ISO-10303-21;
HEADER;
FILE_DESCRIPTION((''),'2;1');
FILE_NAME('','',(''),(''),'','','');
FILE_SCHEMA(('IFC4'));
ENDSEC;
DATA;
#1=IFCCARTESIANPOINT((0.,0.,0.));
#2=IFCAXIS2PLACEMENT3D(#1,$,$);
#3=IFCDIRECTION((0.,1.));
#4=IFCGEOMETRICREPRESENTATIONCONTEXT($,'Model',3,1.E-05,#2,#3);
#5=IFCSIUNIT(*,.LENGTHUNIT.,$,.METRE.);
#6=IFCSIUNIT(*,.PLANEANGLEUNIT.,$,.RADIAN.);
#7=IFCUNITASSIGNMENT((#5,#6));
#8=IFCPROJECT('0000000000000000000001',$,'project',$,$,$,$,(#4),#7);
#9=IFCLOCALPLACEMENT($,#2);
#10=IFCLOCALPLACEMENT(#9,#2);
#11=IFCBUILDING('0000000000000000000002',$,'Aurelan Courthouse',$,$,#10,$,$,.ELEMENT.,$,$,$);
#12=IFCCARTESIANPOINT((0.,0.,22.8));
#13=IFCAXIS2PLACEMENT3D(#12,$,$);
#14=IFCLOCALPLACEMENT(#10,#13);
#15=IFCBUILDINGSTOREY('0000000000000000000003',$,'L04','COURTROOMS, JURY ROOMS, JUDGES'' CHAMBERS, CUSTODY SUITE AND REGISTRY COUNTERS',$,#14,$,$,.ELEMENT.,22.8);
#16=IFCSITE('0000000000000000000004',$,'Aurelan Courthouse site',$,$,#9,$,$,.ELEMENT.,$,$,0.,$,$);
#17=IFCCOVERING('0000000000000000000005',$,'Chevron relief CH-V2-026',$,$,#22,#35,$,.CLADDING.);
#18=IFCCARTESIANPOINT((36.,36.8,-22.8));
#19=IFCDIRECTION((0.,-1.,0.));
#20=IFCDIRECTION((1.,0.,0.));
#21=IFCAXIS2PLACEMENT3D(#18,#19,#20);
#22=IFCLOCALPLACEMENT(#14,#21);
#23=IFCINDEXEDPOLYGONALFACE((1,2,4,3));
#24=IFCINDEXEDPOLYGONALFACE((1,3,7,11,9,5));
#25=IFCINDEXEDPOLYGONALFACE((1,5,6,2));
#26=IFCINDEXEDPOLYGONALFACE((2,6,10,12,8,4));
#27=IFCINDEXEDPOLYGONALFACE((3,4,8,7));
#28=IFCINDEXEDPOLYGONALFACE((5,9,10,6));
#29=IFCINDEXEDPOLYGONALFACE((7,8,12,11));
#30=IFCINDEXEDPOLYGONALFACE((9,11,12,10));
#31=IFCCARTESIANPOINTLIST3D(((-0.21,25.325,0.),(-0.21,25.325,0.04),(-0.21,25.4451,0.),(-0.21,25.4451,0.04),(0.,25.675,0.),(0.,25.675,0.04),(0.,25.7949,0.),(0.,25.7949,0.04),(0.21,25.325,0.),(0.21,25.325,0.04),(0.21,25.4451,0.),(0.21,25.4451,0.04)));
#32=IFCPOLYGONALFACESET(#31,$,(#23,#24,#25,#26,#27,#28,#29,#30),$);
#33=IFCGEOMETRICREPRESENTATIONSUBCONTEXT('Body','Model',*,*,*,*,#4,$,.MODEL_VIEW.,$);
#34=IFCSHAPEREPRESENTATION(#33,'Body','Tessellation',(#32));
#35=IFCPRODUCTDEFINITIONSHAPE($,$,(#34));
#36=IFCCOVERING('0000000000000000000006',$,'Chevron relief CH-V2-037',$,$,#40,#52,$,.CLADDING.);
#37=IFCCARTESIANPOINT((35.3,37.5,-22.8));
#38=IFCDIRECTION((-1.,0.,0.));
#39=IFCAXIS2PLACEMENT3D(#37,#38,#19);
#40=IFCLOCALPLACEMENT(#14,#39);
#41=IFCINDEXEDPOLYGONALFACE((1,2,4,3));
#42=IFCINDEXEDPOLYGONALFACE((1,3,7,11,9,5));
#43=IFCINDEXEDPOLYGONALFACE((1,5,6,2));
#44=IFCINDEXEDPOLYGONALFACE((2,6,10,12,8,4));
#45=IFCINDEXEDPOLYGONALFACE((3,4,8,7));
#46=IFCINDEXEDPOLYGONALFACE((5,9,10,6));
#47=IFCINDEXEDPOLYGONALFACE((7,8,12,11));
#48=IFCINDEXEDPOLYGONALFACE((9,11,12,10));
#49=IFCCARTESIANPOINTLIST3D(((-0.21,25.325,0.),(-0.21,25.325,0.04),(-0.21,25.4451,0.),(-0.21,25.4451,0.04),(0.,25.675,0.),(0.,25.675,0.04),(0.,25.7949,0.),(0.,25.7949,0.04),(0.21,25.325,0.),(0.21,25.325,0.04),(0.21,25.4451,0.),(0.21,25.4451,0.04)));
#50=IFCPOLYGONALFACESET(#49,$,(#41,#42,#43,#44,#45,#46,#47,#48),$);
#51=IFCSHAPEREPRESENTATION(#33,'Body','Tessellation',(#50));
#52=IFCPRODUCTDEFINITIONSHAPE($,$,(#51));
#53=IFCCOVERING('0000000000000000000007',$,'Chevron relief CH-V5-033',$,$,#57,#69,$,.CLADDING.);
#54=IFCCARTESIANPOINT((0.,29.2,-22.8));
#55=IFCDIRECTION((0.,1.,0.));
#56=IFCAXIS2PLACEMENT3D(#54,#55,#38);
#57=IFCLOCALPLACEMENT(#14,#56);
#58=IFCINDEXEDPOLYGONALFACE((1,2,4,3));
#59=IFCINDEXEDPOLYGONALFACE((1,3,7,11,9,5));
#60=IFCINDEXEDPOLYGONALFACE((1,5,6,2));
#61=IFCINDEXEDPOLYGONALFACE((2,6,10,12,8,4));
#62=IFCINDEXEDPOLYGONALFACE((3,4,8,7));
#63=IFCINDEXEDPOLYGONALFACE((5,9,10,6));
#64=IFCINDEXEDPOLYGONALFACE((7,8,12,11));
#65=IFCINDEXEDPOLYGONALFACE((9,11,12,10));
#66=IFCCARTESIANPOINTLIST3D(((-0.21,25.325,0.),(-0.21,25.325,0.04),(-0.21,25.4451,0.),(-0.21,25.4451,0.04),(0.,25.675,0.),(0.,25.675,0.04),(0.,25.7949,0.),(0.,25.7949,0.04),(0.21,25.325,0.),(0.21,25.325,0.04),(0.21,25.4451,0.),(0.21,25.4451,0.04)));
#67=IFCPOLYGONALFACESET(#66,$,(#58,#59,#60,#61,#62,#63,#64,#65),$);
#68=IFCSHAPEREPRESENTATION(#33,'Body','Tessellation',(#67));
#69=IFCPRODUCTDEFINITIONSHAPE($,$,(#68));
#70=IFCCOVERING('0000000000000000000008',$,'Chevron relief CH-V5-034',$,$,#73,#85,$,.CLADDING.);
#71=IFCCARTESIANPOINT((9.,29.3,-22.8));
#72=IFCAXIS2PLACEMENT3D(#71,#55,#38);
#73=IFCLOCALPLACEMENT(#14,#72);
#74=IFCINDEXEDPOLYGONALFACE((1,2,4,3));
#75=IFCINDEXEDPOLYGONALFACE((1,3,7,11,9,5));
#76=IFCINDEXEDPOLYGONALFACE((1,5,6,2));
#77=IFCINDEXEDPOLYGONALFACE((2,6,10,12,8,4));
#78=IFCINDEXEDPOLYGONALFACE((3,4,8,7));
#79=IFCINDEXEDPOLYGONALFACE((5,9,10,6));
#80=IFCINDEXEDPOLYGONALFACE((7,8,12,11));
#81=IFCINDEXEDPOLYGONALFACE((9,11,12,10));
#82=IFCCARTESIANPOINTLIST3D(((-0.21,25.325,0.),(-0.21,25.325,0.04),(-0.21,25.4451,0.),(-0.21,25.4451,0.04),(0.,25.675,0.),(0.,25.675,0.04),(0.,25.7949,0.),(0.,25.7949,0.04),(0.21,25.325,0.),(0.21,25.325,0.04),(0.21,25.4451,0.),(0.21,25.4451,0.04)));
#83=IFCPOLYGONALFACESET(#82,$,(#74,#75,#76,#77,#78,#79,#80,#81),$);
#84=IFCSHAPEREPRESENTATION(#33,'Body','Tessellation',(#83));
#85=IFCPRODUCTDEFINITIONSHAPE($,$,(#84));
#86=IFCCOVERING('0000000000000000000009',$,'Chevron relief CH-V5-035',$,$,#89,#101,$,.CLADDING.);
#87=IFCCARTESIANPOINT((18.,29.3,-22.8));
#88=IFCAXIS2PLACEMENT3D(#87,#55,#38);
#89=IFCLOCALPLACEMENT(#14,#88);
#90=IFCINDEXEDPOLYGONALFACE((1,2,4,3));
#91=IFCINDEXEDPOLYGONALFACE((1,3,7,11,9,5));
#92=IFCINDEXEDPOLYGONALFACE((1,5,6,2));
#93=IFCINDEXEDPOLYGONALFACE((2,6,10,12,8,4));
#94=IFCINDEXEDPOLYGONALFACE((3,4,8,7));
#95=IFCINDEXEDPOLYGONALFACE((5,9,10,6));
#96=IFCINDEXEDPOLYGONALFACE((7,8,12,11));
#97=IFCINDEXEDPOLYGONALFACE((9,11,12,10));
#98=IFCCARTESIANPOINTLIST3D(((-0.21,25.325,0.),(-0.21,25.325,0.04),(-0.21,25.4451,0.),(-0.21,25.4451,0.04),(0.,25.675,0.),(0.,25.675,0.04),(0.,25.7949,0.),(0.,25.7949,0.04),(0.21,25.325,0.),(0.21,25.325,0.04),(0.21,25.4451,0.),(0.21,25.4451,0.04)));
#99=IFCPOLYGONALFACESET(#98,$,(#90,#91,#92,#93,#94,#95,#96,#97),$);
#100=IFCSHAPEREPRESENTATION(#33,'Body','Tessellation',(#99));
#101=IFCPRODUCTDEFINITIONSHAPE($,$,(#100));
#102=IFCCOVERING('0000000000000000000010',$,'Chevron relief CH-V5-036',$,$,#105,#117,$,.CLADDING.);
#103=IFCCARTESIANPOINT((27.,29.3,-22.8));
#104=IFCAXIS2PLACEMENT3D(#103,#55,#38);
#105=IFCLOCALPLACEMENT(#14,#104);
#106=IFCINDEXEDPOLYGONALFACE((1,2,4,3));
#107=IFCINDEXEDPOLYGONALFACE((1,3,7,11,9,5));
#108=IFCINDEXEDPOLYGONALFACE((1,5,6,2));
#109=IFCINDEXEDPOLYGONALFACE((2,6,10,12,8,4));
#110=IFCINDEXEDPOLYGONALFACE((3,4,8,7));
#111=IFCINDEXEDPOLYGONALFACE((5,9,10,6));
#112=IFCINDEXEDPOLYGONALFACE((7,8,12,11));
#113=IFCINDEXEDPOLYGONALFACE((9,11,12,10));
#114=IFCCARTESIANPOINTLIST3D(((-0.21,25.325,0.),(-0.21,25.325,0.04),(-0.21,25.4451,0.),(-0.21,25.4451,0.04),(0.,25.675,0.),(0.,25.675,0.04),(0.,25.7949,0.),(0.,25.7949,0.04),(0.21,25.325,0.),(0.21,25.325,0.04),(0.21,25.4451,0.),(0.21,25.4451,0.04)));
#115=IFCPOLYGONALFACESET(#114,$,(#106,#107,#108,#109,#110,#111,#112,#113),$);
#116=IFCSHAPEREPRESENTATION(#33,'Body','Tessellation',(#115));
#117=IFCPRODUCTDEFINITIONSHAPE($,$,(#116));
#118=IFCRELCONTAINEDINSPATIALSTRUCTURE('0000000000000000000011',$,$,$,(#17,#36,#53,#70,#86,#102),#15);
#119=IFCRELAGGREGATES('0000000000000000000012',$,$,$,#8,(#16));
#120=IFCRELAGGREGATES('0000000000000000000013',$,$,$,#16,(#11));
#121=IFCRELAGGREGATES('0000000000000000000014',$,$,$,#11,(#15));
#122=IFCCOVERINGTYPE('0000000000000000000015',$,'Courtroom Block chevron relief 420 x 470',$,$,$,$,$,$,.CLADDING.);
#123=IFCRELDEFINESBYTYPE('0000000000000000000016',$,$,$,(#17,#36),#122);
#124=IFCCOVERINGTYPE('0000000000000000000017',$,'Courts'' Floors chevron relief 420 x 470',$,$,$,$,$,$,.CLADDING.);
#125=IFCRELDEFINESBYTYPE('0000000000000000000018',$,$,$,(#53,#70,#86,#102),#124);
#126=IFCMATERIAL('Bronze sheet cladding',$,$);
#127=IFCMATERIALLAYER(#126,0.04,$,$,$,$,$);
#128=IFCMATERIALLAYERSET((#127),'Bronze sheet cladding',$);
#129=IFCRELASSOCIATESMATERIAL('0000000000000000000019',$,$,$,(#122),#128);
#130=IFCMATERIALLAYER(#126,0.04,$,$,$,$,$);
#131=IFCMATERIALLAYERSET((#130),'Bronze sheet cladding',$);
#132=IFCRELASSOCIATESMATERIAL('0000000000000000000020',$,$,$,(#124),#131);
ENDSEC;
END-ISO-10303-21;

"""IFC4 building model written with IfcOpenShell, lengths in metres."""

from ifc_helpers import new_model, si_unit, direction, frame, origin, place, context, subcontext, project, spatial, polyline, outline, extrude, material, layer, layer_set, type_object, element, save


model = new_model("IFC4")

# Units and contexts
model_context = context("Model", 3, precision=1e-05, world=origin(), true_north=direction((0.0, 1.0)))
body_context = subcontext(model_context, "Body", "Model", "MODEL_VIEW")
ifc_project = project(units=[si_unit("LENGTHUNIT", "METRE"), si_unit("PLANEANGLEUNIT", "RADIAN")], contexts=[model_context])

# Site, building, storey
site_placement = place(None, origin())
site = spatial("IfcSite", under=ifc_project, at=site_placement, Name="Aurelan Courthouse site", CompositionType="ELEMENT", RefElevation=0.0)
building_placement = place(site_placement, origin())
building = spatial("IfcBuilding", under=site, at=building_placement, Name="Aurelan Courthouse", CompositionType="ELEMENT")
storey_placement = place(building_placement, frame((0.0, 0.0, 22.8)))
storey = spatial("IfcBuildingStorey", under=building, at=storey_placement, Name="L04", Description="COURTROOMS, JURY ROOMS, JUDGES' CHAMBERS, CUSTODY SUITE AND REGISTRY COUNTERS", CompositionType="ELEMENT", Elevation=22.8)

# Coverings
ifc_material_1 = material(Name="Bronze sheet cladding")
ifc_layer_1 = layer(ifc_material_1, 0.04)
ifc_layer_set_1 = layer_set([ifc_layer_1], Name="Bronze sheet cladding")
covering_type_1 = type_object("IfcCoveringType", Name="Courtroom Block chevron relief 420 x 470", PredefinedType="CLADDING", material=ifc_layer_set_1)
for number, where, z_axis, x_axis, name in (
    (1, (36.0, 36.8, -22.8), (0.0, -1.0, 0.0), (1.0, 0.0, 0.0), "Chevron relief CH-V2-026"),
    (2, (35.3, 37.5, -22.8), (-1.0, 0.0, 0.0), (0.0, -1.0, 0.0), "Chevron relief CH-V2-037"),
):
    element("IfcCovering", number, at=place(storey_placement, frame(where, z_axis=z_axis, x_axis=x_axis)), inside=storey, type_object=covering_type_1, Name=name, PredefinedType="CLADDING", context=body_context, shape_type="SweptSolid", body=[
        extrude(outline(polyline([(-0.21, 25.325), (0.0, 25.675), (0.21, 25.325), (0.21, 25.4451), (0.0, 25.7949), (-0.21, 25.4451), (-0.21, 25.325)])), origin(), (0.0, 0.0, 1.0), 0.04),
    ])
ifc_layer_2 = layer(ifc_material_1, 0.04)
ifc_layer_set_2 = layer_set([ifc_layer_2], Name="Bronze sheet cladding")
covering_type_2 = type_object("IfcCoveringType", Name="Courts' Floors chevron relief 420 x 470", PredefinedType="CLADDING", material=ifc_layer_set_2)
for number, where, z_axis, x_axis, name in (
    (3, (0.0, 29.2, -22.8), (0.0, 1.0, 0.0), (-1.0, 0.0, 0.0), "Chevron relief CH-V5-033"),
    (4, (9.0, 29.3, -22.8), (0.0, 1.0, 0.0), (-1.0, 0.0, 0.0), "Chevron relief CH-V5-034"),
    (5, (18.0, 29.3, -22.8), (0.0, 1.0, 0.0), (-1.0, 0.0, 0.0), "Chevron relief CH-V5-035"),
    (6, (27.0, 29.3, -22.8), (0.0, 1.0, 0.0), (-1.0, 0.0, 0.0), "Chevron relief CH-V5-036"),
):
    element("IfcCovering", number, at=place(storey_placement, frame(where, z_axis=z_axis, x_axis=x_axis)), inside=storey, type_object=covering_type_2, Name=name, PredefinedType="CLADDING", context=body_context, shape_type="SweptSolid", body=[
        extrude(outline(polyline([(-0.21, 25.325), (0.0, 25.675), (0.21, 25.325), (0.21, 25.4451), (0.0, 25.7949), (-0.21, 25.4451), (-0.21, 25.325)])), origin(), (0.0, 0.0, 1.0), 0.04),
    ])

save(model, "model.ifc")
